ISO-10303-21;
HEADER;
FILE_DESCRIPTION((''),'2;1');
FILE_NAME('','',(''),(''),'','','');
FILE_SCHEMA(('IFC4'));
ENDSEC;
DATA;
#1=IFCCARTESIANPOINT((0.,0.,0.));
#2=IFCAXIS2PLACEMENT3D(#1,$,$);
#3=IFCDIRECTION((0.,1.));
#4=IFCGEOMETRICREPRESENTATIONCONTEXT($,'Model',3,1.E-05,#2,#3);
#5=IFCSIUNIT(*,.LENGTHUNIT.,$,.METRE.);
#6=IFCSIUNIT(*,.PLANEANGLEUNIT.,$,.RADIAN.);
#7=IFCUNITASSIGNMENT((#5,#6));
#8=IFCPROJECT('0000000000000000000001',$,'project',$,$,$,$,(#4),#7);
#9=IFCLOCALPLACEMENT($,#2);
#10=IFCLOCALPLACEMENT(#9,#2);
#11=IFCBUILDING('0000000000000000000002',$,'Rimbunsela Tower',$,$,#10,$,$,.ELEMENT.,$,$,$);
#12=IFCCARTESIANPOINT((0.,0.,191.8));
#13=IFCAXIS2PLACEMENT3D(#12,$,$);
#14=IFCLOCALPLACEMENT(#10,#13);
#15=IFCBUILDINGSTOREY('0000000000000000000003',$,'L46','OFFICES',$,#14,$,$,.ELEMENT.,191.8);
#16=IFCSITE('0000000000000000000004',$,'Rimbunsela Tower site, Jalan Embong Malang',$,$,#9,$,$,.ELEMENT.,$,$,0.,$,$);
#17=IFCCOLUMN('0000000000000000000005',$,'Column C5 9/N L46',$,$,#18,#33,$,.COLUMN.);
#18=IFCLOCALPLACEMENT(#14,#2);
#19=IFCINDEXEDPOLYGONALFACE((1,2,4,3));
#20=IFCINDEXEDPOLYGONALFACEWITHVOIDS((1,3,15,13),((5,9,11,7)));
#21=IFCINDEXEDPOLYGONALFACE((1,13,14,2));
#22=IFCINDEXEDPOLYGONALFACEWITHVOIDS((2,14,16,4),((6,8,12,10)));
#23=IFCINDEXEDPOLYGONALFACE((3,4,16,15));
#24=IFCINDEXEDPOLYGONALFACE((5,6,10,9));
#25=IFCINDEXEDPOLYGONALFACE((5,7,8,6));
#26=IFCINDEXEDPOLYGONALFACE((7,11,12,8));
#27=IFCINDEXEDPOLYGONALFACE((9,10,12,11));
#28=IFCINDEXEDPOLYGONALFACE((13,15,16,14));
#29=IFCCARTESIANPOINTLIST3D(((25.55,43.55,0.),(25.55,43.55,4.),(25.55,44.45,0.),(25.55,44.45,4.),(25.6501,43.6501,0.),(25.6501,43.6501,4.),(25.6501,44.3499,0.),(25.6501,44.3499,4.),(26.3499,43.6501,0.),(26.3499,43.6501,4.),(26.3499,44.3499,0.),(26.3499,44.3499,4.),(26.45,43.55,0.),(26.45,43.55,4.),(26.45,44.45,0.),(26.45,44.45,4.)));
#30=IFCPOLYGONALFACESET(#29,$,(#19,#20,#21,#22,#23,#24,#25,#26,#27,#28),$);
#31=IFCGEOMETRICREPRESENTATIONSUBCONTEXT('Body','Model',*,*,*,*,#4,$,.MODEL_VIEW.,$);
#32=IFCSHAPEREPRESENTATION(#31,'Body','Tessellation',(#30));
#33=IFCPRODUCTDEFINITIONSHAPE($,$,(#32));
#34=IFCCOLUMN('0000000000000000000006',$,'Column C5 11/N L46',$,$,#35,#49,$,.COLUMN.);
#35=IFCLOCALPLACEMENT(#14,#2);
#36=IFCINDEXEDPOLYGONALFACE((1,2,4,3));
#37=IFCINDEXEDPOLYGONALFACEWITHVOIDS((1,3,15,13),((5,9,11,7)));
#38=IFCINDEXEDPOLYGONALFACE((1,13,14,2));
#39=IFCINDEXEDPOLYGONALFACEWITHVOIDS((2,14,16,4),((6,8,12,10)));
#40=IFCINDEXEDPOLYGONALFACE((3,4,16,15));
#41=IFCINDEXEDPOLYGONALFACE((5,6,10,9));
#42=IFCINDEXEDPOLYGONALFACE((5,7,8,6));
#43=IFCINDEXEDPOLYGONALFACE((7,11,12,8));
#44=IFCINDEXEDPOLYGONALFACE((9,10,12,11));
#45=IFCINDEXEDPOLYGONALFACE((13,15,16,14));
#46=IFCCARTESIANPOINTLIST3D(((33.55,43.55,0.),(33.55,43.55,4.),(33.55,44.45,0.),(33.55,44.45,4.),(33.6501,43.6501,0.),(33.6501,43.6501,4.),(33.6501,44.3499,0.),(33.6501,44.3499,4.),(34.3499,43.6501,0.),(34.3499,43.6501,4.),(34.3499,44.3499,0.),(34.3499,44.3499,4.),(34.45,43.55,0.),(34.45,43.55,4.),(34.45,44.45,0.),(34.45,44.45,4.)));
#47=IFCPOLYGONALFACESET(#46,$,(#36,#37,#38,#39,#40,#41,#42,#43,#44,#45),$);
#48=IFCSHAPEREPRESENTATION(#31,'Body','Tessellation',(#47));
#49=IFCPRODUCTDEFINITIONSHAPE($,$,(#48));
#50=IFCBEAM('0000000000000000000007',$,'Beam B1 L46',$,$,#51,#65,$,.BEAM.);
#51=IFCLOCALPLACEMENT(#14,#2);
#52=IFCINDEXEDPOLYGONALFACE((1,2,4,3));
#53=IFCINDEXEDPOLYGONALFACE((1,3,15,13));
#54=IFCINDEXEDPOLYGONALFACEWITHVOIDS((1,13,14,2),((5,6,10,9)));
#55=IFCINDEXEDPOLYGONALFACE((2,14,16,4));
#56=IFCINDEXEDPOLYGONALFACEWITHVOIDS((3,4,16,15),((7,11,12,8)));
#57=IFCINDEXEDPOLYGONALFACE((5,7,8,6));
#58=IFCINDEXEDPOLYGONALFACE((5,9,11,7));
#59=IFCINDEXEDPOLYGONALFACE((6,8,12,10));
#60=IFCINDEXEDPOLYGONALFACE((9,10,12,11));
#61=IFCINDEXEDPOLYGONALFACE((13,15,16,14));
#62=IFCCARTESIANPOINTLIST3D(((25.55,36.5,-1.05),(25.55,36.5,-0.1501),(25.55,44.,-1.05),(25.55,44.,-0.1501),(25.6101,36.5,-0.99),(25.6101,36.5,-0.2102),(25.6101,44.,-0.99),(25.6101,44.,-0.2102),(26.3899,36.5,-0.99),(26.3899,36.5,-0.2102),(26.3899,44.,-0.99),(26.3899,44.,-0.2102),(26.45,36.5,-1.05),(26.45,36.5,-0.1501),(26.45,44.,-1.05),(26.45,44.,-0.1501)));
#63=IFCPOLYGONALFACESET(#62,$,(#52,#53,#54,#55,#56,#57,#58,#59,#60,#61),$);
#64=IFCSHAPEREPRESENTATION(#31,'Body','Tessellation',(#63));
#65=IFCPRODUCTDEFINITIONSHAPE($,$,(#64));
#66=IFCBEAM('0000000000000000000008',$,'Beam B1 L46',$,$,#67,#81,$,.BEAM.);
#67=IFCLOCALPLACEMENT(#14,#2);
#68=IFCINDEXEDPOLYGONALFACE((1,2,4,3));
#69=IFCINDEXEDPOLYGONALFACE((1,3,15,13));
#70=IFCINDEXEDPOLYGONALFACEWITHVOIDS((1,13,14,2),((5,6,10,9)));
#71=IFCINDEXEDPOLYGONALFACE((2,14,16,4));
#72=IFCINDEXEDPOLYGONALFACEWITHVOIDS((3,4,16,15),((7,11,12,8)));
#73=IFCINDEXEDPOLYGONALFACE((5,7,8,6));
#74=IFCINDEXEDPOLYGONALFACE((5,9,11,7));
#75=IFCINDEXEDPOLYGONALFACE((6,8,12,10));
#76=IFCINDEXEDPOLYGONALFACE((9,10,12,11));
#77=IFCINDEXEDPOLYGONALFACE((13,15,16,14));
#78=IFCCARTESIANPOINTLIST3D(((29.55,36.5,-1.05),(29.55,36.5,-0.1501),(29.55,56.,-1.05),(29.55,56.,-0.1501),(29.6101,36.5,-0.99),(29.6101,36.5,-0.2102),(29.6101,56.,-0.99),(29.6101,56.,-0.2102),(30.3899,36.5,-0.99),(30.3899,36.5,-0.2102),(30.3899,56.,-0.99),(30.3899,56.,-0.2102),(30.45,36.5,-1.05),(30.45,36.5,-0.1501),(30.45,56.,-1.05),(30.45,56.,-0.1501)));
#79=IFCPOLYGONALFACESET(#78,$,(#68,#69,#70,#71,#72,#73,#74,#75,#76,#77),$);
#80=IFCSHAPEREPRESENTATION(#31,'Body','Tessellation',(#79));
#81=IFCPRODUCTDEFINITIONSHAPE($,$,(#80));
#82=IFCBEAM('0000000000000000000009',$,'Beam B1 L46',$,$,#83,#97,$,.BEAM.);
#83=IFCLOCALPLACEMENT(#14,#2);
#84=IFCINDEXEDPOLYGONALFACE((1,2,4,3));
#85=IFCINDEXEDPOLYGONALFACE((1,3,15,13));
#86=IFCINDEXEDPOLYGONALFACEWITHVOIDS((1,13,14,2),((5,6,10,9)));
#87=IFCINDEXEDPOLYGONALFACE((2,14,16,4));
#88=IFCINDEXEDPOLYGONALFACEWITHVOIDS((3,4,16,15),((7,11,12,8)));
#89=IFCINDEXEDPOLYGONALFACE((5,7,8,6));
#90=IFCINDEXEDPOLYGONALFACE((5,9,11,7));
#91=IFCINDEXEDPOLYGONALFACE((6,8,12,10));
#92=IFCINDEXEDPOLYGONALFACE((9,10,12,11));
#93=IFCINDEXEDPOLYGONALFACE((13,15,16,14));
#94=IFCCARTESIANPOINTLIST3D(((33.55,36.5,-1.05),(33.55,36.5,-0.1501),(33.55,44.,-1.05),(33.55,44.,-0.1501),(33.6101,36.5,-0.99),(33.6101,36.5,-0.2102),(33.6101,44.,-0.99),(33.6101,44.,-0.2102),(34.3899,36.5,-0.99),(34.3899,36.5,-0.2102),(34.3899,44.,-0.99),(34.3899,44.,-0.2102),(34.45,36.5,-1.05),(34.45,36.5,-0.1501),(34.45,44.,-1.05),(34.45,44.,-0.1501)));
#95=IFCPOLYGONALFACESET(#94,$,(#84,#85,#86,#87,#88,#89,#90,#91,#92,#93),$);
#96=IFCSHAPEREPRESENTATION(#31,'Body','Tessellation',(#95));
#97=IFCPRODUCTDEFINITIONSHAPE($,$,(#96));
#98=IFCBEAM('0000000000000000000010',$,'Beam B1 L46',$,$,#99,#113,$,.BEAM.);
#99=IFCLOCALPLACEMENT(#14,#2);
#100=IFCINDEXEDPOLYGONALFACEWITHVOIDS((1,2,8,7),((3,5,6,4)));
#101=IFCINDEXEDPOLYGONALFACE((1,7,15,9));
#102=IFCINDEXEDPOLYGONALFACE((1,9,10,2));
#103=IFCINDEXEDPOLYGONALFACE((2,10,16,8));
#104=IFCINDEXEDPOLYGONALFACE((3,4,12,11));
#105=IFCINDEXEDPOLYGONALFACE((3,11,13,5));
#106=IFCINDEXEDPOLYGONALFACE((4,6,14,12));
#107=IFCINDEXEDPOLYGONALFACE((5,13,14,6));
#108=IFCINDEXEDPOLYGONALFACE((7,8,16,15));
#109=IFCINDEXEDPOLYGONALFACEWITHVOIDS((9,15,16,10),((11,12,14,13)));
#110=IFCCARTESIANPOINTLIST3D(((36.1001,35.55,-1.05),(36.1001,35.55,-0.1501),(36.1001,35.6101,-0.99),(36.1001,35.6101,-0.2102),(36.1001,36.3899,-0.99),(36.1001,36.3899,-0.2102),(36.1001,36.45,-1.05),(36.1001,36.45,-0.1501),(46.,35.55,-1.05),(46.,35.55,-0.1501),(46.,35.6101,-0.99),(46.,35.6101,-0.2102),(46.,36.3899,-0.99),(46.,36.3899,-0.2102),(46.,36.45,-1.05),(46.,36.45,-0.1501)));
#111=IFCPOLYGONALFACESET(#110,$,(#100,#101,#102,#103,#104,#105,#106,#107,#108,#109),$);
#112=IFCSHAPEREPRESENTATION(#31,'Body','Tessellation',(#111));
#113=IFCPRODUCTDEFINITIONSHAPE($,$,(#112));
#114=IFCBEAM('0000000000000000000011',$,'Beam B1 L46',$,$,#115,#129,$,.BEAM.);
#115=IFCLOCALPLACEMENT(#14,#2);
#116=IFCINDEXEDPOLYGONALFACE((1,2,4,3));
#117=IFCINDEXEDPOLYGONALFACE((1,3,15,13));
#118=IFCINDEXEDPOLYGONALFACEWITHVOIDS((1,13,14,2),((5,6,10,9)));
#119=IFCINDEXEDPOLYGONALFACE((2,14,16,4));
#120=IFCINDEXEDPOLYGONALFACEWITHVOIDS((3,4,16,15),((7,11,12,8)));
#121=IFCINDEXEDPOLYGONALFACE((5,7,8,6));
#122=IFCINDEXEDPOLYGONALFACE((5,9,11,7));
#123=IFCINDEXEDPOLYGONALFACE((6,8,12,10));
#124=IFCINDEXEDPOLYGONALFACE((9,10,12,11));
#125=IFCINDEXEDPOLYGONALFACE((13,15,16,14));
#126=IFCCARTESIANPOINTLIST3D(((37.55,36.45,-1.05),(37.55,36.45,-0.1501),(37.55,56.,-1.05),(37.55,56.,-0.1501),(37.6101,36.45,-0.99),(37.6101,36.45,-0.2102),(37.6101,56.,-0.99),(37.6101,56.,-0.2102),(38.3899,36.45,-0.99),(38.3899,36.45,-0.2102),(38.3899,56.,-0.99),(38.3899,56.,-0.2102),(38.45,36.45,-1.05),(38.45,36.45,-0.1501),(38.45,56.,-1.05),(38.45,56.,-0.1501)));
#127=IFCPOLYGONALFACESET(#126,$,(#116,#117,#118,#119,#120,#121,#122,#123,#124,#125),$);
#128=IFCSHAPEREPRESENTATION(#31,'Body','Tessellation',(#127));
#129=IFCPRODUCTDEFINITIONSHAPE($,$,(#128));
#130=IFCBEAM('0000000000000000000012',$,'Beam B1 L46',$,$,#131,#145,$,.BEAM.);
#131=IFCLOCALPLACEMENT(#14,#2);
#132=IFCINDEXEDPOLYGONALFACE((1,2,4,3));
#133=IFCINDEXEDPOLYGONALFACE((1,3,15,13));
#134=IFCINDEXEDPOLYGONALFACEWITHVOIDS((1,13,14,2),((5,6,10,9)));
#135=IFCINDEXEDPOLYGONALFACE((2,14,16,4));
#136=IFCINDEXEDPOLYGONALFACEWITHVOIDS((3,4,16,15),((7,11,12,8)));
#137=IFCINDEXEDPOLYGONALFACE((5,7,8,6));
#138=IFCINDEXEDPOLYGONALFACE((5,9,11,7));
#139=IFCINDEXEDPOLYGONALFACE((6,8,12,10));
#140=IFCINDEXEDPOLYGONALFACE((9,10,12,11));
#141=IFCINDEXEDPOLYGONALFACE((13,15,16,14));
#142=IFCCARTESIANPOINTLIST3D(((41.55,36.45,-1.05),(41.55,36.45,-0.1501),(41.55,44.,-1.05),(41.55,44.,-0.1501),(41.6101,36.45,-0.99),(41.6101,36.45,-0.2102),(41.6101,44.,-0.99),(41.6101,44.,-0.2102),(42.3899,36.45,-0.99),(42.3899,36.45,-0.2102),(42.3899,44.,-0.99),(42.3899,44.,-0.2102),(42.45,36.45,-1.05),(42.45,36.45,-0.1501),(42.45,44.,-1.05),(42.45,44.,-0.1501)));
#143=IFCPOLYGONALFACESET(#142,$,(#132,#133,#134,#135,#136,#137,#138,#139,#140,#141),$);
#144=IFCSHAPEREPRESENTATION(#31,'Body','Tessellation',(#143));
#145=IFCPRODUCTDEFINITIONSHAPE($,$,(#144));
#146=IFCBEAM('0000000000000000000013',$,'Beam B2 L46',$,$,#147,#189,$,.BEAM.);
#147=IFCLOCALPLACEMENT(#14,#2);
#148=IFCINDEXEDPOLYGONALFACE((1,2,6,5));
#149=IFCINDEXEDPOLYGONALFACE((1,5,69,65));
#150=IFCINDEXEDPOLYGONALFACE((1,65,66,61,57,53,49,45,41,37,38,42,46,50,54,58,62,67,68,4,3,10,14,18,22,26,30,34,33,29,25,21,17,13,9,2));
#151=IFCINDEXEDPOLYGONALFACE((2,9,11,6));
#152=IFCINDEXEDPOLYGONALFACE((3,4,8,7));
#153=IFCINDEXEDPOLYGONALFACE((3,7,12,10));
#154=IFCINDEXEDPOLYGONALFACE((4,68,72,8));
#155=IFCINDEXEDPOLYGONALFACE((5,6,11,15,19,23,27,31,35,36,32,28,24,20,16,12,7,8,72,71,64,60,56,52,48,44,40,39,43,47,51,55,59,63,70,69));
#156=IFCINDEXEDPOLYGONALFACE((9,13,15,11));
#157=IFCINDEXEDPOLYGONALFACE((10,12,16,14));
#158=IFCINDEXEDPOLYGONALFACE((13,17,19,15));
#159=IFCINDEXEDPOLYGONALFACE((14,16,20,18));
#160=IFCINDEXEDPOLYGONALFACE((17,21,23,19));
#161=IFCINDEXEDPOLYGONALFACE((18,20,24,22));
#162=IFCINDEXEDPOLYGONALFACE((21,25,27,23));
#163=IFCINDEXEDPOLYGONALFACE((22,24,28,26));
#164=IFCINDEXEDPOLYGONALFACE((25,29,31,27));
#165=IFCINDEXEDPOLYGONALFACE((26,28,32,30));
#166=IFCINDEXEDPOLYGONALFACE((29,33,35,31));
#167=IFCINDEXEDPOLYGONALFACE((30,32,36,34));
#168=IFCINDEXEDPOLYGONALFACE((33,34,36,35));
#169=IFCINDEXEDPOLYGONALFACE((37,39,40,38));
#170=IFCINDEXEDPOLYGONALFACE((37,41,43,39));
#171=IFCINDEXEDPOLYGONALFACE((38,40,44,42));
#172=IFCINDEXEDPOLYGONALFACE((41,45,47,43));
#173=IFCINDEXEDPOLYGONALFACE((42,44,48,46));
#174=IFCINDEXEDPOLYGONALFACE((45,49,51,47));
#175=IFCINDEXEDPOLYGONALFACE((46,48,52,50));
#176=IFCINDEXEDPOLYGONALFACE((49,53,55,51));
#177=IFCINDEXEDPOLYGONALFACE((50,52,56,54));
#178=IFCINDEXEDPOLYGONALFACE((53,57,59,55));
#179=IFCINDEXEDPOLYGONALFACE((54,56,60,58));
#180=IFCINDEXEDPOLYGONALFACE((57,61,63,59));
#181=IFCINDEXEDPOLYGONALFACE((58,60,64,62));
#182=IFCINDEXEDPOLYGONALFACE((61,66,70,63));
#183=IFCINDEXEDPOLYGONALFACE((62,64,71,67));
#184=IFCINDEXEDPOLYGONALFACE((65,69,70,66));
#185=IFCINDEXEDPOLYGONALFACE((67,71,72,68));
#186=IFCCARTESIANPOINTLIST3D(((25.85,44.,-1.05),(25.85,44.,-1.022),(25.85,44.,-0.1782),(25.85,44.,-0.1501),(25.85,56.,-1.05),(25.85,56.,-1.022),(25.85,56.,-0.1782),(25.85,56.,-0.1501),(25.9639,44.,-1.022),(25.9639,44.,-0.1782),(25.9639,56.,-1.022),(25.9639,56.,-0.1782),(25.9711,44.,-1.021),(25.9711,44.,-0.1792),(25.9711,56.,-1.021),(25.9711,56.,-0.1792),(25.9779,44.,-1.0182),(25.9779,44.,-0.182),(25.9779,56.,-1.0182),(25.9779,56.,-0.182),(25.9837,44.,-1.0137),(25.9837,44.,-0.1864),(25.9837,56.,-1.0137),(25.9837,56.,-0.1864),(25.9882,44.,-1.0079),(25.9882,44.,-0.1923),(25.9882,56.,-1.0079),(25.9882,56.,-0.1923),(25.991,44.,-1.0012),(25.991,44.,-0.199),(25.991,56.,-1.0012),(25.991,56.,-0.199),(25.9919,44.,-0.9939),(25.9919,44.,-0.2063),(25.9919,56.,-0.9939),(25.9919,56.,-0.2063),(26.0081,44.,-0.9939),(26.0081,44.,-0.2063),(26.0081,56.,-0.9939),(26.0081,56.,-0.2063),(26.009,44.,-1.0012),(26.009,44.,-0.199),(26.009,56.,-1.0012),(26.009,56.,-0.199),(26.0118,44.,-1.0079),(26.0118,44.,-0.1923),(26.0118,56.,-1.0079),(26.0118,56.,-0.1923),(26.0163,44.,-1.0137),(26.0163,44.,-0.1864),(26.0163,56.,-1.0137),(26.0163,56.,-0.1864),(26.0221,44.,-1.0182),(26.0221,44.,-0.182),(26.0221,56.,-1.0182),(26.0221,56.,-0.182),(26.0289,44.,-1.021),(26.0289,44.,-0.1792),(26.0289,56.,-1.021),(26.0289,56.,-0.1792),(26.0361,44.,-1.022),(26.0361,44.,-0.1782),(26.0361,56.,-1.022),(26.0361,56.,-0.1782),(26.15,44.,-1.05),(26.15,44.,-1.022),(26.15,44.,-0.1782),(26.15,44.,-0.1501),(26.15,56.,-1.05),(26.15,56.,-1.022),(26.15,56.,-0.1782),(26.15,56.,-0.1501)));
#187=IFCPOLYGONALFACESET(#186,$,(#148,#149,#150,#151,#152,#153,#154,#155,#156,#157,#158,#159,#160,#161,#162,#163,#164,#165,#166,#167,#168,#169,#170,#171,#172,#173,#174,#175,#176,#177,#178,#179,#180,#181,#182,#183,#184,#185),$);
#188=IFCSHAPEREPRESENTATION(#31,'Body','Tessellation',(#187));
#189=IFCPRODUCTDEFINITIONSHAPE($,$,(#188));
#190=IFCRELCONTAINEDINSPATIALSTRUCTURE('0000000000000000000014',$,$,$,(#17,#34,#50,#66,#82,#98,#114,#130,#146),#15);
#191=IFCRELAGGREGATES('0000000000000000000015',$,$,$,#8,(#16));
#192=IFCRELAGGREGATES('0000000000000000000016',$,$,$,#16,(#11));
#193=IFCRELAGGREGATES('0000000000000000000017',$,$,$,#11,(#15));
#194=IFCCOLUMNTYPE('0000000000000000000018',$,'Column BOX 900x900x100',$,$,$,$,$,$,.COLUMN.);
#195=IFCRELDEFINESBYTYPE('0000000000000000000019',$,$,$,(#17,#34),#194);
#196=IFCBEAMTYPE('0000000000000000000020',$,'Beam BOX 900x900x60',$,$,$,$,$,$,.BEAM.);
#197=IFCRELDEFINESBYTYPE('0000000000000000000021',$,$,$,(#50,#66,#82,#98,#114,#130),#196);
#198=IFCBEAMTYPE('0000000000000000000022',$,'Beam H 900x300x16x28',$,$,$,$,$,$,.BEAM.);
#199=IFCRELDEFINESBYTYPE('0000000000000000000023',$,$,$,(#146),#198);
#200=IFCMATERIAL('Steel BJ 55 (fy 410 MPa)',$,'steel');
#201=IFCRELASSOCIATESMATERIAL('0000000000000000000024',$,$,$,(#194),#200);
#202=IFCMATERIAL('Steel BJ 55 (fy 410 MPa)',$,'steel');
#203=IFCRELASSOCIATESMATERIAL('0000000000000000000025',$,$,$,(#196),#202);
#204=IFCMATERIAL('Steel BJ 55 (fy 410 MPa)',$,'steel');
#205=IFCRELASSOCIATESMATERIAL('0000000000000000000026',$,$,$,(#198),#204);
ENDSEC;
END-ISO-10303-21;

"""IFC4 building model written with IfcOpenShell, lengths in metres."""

from ifc_helpers import new_model, si_unit, direction, frame, origin, origin_2d, place, context, subcontext, project, spatial, hollow_rectangle, i_section, extrude, material, material_profile, profile_set, type_object, element, save


model = new_model("IFC4")

# Units and contexts
model_context = context("Model", 3, precision=1e-05, world=origin(), true_north=direction((0.0, 1.0)))
body_context = subcontext(model_context, "Body", "Model", "MODEL_VIEW")
ifc_project = project(units=[si_unit("LENGTHUNIT", "METRE"), si_unit("PLANEANGLEUNIT", "RADIAN")], contexts=[model_context])

# Site, building, storey
site_placement = place(None, origin())
site = spatial("IfcSite", under=ifc_project, at=site_placement, Name="Rimbunsela Tower site, Jalan Embong Malang", CompositionType="ELEMENT", RefElevation=0.0)
building_placement = place(site_placement, origin())
building = spatial("IfcBuilding", under=site, at=building_placement, Name="Rimbunsela Tower", CompositionType="ELEMENT")
storey_placement = place(building_placement, frame((0.0, 0.0, 191.8)))
storey = spatial("IfcBuildingStorey", under=building, at=storey_placement, Name="L46", Description="OFFICES", CompositionType="ELEMENT", Elevation=191.8)

# Columns
ifc_material_1 = material(Name="Steel BJ 55 (fy 410 MPa)", Category="steel")
ifc_material_profile_1 = material_profile(ifc_material_1, hollow_rectangle(XDim=0.8999, YDim=0.8999, WallThickness=0.1001, at=origin_2d()), Name="BOX 900x900x100")
ifc_profile_set_1 = profile_set([ifc_material_profile_1], Name="Steel BJ 55 (fy 410 MPa)")
column_type = type_object("IfcColumnType", Name="Column BOX 900x900x100", PredefinedType="COLUMN", material=ifc_profile_set_1)
for number, where, z_axis, x_axis, name in (
    (1, (26.0, 44.0, 0.0), (0.0, 0.0, 1.0), (1.0, 0.0, 0.0), "Column C5 9/N L46"),
    (2, (34.0, 44.0, 0.0), (0.0, 0.0, 1.0), (1.0, 0.0, 0.0), "Column C5 11/N L46"),
):
    element("IfcColumn", number, at=place(storey_placement, frame(where, z_axis=z_axis, x_axis=x_axis)), inside=storey, type_object=column_type, Name=name, PredefinedType="COLUMN", context=body_context, shape_type="SweptSolid", body=[
        extrude(hollow_rectangle(XDim=0.8999, YDim=0.8999, WallThickness=0.1001, at=origin_2d()), origin(), (0.0, 0.0, 1.0), 4.0),
    ])

# Beams
ifc_material_2 = material(Name="Steel BJ 55 (fy 410 MPa)", Category="steel")
ifc_material_profile_2 = material_profile(ifc_material_2, hollow_rectangle(XDim=0.8999, YDim=0.8999, WallThickness=0.0601, at=origin_2d()), Name="BOX 900x900x60")
ifc_profile_set_2 = profile_set([ifc_material_profile_2], Name="Steel BJ 55 (fy 410 MPa)")
beam_type_1 = type_object("IfcBeamType", Name="Beam BOX 900x900x60", PredefinedType="BEAM", material=ifc_profile_set_2)
beam_1_placement = place(storey_placement, frame((26.0, 36.5, -0.6001), z_axis=(0.0, 1.0, 0.0), x_axis=(-1.0, 0.0, 0.0)))
element("IfcBeam", 3, at=beam_1_placement, inside=storey, type_object=beam_type_1, Name="Beam B1 L46", PredefinedType="BEAM", context=body_context, shape_type="SweptSolid", body=[
    extrude(hollow_rectangle(XDim=0.8999, YDim=0.8999, WallThickness=0.0601, at=origin_2d()), origin(), (0.0, 0.0, 1.0), 7.5),
])
beam_2_placement = place(storey_placement, frame((30.0, 36.5, -0.6001), z_axis=(0.0, 1.0, 0.0), x_axis=(-1.0, 0.0, 0.0)))
element("IfcBeam", 4, at=beam_2_placement, inside=storey, type_object=beam_type_1, Name="Beam B1 L46", PredefinedType="BEAM", context=body_context, shape_type="SweptSolid", body=[
    extrude(hollow_rectangle(XDim=0.8999, YDim=0.8999, WallThickness=0.0601, at=origin_2d()), origin(), (0.0, 0.0, 1.0), 19.5),
])
beam_3_placement = place(storey_placement, frame((34.0, 36.5, -0.6001), z_axis=(0.0, 1.0, 0.0), x_axis=(-1.0, 0.0, 0.0)))
element("IfcBeam", 5, at=beam_3_placement, inside=storey, type_object=beam_type_1, Name="Beam B1 L46", PredefinedType="BEAM", context=body_context, shape_type="SweptSolid", body=[
    extrude(hollow_rectangle(XDim=0.8999, YDim=0.8999, WallThickness=0.0601, at=origin_2d()), origin(), (0.0, 0.0, 1.0), 7.5),
])
beam_4_placement = place(storey_placement, frame((36.1001, 36.0, -0.6001), z_axis=(1.0, 0.0, 0.0), x_axis=(0.0, 1.0, 0.0)))
element("IfcBeam", 6, at=beam_4_placement, inside=storey, type_object=beam_type_1, Name="Beam B1 L46", PredefinedType="BEAM", context=body_context, shape_type="SweptSolid", body=[
    extrude(hollow_rectangle(XDim=0.8999, YDim=0.8999, WallThickness=0.0601, at=origin_2d()), origin(), (0.0, 0.0, 1.0), 9.8999),
])
beam_5_placement = place(storey_placement, frame((38.0, 36.45, -0.6001), z_axis=(0.0, 1.0, 0.0), x_axis=(-1.0, 0.0, 0.0)))
element("IfcBeam", 7, at=beam_5_placement, inside=storey, type_object=beam_type_1, Name="Beam B1 L46", PredefinedType="BEAM", context=body_context, shape_type="SweptSolid", body=[
    extrude(hollow_rectangle(XDim=0.8999, YDim=0.8999, WallThickness=0.0601, at=origin_2d()), origin(), (0.0, 0.0, 1.0), 19.55),
])
beam_6_placement = place(storey_placement, frame((42.0, 36.45, -0.6001), z_axis=(0.0, 1.0, 0.0), x_axis=(-1.0, 0.0, 0.0)))
element("IfcBeam", 8, at=beam_6_placement, inside=storey, type_object=beam_type_1, Name="Beam B1 L46", PredefinedType="BEAM", context=body_context, shape_type="SweptSolid", body=[
    extrude(hollow_rectangle(XDim=0.8999, YDim=0.8999, WallThickness=0.0601, at=origin_2d()), origin(), (0.0, 0.0, 1.0), 7.55),
])
ifc_material_3 = material(Name="Steel BJ 55 (fy 410 MPa)", Category="steel")
ifc_material_profile_3 = material_profile(ifc_material_3, i_section(OverallWidth=0.3, OverallDepth=0.8999, WebThickness=0.0161, FlangeThickness=0.0281, FilletRadius=0.0281, at=origin_2d()), Name="H 900x300x16x28")
ifc_profile_set_3 = profile_set([ifc_material_profile_3], Name="Steel BJ 55 (fy 410 MPa)")
beam_type_2 = type_object("IfcBeamType", Name="Beam H 900x300x16x28", PredefinedType="BEAM", material=ifc_profile_set_3)
for number, where, z_axis, x_axis, name in (
    (9, (26.0, 44.0, -0.6001), (0.0, 1.0, 0.0), (-1.0, 0.0, 0.0), "Beam B2 L46"),
):
    element("IfcBeam", number, at=place(storey_placement, frame(where, z_axis=z_axis, x_axis=x_axis)), inside=storey, type_object=beam_type_2, Name=name, PredefinedType="BEAM", context=body_context, shape_type="SweptSolid", body=[
        extrude(i_section(OverallWidth=0.3, OverallDepth=0.8999, WebThickness=0.0161, FlangeThickness=0.0281, FilletRadius=0.0281, at=origin_2d()), origin(), (0.0, 0.0, 1.0), 12.0),
    ])

save(model, "model.ifc")
